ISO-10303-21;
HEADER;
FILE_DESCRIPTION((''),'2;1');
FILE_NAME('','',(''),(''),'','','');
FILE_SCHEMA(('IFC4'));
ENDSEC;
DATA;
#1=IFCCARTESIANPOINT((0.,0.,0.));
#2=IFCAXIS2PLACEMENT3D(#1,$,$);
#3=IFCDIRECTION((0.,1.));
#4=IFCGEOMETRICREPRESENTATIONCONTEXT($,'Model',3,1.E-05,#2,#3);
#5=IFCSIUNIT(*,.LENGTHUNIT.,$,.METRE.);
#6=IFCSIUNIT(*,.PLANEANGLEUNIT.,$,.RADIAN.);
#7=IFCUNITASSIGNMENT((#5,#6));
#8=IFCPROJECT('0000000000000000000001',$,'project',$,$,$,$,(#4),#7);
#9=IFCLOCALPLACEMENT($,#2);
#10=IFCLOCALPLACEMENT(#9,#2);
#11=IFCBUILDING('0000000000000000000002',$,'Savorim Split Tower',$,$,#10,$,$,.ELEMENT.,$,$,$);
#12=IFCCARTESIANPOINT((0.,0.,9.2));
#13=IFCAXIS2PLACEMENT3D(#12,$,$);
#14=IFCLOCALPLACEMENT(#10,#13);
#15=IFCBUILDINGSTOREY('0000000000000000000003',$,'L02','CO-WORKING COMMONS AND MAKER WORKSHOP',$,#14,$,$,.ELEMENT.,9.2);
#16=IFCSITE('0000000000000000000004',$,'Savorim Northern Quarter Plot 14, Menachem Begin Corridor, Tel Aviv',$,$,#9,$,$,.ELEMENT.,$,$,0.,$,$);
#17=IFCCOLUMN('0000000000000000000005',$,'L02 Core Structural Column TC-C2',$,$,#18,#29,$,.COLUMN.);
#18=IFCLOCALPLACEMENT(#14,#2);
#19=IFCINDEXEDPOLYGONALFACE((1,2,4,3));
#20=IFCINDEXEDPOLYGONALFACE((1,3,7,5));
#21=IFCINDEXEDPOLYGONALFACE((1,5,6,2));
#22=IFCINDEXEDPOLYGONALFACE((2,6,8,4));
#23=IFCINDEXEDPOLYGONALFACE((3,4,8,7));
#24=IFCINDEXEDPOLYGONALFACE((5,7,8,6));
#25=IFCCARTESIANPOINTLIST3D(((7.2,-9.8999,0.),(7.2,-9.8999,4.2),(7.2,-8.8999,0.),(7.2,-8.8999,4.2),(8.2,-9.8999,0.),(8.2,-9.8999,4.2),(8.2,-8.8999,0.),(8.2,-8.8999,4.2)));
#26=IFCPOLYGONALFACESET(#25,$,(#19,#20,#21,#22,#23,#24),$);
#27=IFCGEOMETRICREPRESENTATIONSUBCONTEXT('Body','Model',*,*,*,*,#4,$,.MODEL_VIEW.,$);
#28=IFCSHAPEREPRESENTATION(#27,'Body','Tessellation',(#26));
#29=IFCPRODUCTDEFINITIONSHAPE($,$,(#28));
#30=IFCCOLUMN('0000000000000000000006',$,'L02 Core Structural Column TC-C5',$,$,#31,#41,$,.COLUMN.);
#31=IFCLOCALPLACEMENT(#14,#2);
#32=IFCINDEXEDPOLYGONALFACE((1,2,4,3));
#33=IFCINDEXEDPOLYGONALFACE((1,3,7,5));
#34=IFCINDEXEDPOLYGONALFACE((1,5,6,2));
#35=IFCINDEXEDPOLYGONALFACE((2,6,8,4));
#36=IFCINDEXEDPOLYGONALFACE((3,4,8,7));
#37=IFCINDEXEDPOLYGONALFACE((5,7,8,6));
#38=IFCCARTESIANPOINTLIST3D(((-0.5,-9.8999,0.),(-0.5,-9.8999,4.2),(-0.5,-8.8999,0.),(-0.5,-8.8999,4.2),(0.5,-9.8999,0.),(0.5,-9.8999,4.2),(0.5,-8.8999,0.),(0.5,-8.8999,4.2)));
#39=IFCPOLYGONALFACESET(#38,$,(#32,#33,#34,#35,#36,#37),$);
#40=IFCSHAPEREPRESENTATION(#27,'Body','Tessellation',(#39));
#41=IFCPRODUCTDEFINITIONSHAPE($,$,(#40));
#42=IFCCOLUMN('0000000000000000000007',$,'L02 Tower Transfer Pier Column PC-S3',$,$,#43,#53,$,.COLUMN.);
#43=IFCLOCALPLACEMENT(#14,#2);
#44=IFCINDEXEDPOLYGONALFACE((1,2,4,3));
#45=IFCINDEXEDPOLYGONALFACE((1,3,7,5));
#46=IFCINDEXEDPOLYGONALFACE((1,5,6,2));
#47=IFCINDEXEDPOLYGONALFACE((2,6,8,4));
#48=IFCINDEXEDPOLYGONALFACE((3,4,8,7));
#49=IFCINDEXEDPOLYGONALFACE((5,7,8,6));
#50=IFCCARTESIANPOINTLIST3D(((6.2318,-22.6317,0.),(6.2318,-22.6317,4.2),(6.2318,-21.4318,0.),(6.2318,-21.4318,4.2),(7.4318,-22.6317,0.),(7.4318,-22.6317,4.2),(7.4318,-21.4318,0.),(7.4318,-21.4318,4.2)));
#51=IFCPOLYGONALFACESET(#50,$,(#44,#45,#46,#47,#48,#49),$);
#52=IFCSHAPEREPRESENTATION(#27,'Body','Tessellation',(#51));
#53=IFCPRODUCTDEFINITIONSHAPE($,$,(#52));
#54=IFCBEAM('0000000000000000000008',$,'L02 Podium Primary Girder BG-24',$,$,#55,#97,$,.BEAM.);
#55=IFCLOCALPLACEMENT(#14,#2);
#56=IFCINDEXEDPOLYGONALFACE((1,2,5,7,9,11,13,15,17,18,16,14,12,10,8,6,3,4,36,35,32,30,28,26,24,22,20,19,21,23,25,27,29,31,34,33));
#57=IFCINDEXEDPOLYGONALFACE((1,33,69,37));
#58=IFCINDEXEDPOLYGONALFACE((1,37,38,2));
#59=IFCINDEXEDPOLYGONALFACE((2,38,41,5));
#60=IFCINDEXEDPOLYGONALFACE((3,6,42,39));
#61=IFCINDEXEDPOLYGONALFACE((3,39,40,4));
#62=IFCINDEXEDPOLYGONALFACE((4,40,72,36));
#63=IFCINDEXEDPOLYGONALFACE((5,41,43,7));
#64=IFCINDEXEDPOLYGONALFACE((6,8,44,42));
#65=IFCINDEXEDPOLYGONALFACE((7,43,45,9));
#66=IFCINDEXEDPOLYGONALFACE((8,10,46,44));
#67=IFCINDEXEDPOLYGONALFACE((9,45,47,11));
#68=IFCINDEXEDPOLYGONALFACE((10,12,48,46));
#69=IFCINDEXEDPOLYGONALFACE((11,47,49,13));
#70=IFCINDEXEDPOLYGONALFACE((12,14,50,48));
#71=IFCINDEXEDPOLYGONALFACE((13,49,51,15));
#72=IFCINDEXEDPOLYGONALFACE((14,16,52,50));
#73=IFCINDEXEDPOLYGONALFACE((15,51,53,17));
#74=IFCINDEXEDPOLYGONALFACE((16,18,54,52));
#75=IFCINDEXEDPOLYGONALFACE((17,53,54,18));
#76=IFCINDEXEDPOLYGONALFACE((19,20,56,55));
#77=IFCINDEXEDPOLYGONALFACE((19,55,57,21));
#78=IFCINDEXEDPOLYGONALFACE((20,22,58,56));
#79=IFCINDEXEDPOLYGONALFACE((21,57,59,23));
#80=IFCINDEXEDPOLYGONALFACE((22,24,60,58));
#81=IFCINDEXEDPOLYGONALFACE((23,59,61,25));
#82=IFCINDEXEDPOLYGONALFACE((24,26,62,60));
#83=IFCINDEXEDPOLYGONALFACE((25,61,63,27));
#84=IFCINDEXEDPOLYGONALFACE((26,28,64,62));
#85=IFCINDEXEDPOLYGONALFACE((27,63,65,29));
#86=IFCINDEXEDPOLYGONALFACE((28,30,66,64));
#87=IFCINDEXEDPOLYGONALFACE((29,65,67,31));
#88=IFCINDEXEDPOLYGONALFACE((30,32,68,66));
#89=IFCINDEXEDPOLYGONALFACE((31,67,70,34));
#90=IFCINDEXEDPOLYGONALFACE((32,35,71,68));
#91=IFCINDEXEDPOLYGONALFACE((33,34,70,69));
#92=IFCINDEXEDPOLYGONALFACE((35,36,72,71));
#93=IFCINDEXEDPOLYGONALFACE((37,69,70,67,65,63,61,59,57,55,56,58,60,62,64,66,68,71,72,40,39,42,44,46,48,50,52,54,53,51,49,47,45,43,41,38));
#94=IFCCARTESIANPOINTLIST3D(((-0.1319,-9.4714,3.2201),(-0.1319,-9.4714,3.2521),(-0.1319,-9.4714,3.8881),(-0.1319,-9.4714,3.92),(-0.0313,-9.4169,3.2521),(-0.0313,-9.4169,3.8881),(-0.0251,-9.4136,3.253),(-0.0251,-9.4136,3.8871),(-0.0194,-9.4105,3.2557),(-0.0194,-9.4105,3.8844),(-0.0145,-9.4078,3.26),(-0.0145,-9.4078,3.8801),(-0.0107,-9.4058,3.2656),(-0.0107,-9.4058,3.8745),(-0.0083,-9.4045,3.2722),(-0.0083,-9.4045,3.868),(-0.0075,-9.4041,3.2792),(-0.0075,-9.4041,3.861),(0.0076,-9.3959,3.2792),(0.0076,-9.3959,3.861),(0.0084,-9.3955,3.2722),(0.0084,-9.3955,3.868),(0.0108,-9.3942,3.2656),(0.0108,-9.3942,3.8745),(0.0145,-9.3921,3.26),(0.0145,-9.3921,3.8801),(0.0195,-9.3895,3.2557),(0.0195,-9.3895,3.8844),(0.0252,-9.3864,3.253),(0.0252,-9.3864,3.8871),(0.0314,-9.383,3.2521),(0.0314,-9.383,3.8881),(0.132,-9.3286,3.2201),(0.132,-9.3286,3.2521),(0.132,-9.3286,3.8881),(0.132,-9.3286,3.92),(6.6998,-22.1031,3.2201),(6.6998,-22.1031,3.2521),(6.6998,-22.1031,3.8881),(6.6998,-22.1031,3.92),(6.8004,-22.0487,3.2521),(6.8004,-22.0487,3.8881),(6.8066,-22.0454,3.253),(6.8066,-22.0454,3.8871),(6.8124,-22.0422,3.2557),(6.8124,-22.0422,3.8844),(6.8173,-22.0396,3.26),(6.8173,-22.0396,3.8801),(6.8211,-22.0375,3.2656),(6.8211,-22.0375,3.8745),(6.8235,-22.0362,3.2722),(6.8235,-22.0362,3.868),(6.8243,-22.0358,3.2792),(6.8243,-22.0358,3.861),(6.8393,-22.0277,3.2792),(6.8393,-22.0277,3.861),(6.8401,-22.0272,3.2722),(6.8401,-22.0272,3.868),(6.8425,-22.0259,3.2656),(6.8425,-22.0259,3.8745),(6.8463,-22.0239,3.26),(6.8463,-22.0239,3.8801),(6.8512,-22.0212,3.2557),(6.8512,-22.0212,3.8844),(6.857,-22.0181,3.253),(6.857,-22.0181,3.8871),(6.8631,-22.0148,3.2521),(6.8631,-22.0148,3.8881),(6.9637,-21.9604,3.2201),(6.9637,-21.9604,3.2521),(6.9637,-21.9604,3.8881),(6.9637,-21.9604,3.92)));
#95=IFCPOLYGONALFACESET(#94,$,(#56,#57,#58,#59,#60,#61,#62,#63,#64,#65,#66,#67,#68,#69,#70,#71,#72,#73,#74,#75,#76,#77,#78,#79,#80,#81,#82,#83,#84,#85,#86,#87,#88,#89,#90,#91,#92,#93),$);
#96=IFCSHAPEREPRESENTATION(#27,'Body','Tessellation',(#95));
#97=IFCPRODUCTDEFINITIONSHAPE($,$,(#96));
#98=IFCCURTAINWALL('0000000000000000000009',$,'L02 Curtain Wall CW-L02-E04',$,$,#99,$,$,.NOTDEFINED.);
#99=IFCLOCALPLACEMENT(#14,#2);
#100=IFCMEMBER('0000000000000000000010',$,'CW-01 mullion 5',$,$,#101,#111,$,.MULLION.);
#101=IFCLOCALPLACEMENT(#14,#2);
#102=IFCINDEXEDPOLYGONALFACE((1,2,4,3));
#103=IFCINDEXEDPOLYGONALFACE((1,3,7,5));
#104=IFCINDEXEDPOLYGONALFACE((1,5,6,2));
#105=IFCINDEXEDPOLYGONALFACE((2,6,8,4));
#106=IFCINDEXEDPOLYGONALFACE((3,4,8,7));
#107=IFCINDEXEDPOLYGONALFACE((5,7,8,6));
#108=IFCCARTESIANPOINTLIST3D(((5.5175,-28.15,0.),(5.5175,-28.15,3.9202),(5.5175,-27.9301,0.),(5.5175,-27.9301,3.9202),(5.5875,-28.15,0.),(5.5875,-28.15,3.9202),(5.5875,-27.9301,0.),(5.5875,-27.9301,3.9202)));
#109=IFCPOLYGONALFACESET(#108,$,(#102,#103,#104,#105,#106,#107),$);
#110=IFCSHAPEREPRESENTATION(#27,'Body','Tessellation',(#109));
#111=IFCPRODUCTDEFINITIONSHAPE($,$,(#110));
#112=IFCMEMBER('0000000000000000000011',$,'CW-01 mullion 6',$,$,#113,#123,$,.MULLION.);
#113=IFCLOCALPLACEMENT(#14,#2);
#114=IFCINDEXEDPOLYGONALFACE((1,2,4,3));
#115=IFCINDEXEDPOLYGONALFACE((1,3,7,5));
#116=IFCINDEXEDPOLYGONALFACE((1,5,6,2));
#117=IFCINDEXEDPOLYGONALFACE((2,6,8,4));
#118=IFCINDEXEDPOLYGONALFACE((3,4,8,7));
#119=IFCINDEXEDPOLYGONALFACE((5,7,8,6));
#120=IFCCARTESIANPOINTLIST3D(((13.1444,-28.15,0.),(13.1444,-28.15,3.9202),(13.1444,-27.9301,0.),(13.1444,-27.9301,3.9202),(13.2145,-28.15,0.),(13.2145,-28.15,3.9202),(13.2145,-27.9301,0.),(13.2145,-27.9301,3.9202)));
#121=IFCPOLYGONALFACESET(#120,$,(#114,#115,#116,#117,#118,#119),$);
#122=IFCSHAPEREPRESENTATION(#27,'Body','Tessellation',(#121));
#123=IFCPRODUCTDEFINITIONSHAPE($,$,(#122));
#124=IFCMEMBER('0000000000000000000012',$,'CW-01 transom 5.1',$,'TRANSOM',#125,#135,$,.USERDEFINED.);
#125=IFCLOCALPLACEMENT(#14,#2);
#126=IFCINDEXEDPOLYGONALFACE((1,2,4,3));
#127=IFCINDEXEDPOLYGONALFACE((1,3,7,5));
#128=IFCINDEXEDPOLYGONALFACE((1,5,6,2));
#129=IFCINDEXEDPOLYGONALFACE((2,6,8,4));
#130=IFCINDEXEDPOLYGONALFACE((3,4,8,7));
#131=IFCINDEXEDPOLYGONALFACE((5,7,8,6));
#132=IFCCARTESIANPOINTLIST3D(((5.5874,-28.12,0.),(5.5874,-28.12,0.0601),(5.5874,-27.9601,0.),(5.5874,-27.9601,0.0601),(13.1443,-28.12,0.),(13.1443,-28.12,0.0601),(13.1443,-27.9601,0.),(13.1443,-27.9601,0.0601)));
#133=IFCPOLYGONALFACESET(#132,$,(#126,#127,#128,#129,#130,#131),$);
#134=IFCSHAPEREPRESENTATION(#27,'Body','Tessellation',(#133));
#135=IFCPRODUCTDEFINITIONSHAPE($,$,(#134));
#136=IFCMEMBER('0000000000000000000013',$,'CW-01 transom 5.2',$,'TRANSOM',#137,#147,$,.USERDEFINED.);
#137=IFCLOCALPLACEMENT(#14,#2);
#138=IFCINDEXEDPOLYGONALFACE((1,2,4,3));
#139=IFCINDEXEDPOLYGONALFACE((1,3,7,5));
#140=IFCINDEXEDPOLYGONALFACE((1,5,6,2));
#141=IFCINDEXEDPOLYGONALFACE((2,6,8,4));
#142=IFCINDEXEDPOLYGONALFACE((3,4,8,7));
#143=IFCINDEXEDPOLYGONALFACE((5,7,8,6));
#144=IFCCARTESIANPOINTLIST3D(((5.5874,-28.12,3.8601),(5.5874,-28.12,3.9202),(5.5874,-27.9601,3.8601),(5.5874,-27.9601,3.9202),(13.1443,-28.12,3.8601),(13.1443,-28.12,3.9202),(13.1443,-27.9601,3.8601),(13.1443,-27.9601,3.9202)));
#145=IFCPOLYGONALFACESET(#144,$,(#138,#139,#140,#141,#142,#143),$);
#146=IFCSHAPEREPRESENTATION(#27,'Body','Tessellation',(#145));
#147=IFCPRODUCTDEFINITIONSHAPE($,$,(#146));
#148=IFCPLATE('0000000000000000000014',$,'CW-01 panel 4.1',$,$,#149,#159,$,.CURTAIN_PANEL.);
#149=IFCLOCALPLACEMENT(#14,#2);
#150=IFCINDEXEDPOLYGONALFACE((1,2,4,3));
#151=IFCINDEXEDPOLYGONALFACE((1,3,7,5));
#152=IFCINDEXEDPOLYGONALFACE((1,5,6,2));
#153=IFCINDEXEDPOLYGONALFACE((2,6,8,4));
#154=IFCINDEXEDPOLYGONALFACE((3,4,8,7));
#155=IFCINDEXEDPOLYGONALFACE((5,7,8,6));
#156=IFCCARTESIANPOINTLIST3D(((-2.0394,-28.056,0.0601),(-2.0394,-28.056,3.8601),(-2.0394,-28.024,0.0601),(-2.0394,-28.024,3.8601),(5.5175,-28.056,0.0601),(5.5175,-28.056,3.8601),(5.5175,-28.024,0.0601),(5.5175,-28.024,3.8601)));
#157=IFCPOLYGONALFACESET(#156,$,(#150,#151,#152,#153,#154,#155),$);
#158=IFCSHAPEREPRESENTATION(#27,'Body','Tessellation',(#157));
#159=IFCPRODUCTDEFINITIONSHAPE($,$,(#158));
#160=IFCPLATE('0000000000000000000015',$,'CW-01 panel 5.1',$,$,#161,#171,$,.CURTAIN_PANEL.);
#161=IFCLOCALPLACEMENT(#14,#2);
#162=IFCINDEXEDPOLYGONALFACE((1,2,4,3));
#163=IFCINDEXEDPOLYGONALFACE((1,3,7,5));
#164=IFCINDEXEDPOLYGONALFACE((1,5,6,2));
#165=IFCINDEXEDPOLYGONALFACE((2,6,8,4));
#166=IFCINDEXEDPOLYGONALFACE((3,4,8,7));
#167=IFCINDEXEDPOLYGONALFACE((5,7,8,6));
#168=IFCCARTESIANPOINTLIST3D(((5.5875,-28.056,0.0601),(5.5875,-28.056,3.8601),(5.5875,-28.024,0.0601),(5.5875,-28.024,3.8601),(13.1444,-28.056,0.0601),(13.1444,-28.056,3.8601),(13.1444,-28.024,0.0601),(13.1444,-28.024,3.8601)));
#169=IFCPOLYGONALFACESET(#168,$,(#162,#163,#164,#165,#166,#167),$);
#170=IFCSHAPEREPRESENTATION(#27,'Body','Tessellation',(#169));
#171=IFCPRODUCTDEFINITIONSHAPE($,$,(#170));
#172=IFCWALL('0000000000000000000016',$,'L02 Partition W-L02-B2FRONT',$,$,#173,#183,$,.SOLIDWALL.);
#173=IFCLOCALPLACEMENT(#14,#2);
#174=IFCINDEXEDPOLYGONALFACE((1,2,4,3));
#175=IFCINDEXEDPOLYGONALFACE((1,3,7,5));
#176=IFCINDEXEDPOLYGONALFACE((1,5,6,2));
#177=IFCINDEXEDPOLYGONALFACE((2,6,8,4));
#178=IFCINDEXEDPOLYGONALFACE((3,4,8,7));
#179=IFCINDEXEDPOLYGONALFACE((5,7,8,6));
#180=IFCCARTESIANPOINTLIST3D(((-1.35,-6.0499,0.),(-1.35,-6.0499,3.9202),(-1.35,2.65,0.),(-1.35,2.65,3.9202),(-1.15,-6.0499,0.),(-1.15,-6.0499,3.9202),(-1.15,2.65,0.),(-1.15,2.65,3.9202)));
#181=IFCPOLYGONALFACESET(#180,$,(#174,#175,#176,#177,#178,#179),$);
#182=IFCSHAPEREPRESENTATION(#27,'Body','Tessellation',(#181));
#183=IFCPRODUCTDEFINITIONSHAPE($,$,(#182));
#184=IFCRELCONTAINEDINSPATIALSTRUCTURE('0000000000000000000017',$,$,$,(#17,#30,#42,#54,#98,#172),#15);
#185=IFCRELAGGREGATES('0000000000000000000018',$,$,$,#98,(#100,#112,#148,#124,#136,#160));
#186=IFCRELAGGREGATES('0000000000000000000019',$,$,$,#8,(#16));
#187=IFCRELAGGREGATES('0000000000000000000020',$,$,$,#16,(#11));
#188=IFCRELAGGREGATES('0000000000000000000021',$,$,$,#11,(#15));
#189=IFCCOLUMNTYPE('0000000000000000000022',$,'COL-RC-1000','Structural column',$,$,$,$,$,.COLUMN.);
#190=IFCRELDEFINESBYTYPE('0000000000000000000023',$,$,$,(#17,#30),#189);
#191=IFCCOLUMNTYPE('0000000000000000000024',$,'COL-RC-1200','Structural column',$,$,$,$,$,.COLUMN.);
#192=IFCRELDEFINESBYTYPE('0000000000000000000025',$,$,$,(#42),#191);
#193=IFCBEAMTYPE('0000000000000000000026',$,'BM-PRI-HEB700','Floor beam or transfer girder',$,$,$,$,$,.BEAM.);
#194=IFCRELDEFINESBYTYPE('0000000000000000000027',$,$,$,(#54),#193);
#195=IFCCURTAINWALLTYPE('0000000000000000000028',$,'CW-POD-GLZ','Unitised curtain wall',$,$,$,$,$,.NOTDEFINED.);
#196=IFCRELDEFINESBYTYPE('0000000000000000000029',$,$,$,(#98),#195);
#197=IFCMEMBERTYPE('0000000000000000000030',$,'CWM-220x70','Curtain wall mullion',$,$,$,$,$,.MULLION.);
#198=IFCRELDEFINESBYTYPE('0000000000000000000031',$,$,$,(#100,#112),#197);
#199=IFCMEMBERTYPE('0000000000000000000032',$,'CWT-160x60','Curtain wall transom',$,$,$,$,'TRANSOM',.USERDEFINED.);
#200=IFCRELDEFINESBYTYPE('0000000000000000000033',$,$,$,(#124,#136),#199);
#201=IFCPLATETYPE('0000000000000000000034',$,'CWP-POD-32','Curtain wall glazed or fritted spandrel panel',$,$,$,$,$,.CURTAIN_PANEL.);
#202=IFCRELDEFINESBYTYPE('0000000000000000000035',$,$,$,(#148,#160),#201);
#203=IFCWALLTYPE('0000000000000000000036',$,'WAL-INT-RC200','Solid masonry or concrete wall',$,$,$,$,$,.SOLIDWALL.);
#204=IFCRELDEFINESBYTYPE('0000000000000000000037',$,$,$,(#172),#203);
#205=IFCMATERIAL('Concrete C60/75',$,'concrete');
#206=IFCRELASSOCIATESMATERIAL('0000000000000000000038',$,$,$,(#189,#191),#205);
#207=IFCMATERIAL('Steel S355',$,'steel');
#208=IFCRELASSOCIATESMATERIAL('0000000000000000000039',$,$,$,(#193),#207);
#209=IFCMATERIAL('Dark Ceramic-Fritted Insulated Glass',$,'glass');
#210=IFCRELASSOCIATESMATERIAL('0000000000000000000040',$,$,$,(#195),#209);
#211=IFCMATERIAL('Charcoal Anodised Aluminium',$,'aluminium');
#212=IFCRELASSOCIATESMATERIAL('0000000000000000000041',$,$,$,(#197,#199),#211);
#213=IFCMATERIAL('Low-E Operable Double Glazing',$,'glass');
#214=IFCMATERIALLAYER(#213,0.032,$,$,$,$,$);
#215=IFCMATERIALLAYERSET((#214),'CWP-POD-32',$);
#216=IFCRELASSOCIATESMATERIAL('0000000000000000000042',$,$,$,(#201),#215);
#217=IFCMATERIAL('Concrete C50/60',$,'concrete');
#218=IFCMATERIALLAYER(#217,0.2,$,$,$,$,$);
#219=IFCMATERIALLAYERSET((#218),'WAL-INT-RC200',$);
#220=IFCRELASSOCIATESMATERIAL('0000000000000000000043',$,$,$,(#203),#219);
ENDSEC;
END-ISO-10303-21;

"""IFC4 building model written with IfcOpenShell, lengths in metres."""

from ifc_helpers import new_model, si_unit, direction, frame, frame_2d, origin, origin_2d, place, context, subcontext, project, spatial, rectangle, i_section, extrude, material, layer, layer_set, material_profile, profile_set, type_object, element, aggregate, save


model = new_model("IFC4")

# Units and contexts
model_context = context("Model", 3, precision=1e-05, world=origin(), true_north=direction((0.0, 1.0)))
body_context = subcontext(model_context, "Body", "Model", "MODEL_VIEW")
ifc_project = project(units=[si_unit("LENGTHUNIT", "METRE"), si_unit("PLANEANGLEUNIT", "RADIAN")], contexts=[model_context])

# Site, building, storey
site_placement = place(None, origin())
site = spatial("IfcSite", under=ifc_project, at=site_placement, Name="Savorim Northern Quarter Plot 14, Menachem Begin Corridor, Tel Aviv", CompositionType="ELEMENT", RefElevation=0.0)
building_placement = place(site_placement, origin())
building = spatial("IfcBuilding", under=site, at=building_placement, Name="Savorim Split Tower", CompositionType="ELEMENT")
storey_placement = place(building_placement, frame((0.0, 0.0, 9.2)))
storey = spatial("IfcBuildingStorey", under=building, at=storey_placement, Name="L02", Description="CO-WORKING COMMONS AND MAKER WORKSHOP", CompositionType="ELEMENT", Elevation=9.2)

# Columns
ifc_material_1 = material(Name="Concrete C60/75", Category="concrete")
ifc_material_profile_1 = material_profile(ifc_material_1, rectangle(XDim=1.0, YDim=1.0, at=origin_2d()), Name="RC 1000x1000")
ifc_profile_set_1 = profile_set([ifc_material_profile_1], Name="Concrete C60/75")
column_type_1 = type_object("IfcColumnType", Name="COL-RC-1000", Description="Structural column", PredefinedType="COLUMN", material=ifc_profile_set_1)
for number, where, z_axis, x_axis, name in (
    (1, (7.7, -9.3999, 0.0), (0.0, 0.0, 1.0), (1.0, 0.0, 0.0), "L02 Core Structural Column TC-C2"),
    (2, (0.0, -9.3999, 0.0), (0.0, 0.0, 1.0), (1.0, 0.0, 0.0), "L02 Core Structural Column TC-C5"),
):
    element("IfcColumn", number, at=place(storey_placement, frame(where, z_axis=z_axis, x_axis=x_axis)), inside=storey, type_object=column_type_1, Name=name, PredefinedType="COLUMN", context=body_context, shape_type="SweptSolid", body=[
        extrude(rectangle(XDim=1.0, YDim=1.0, at=origin_2d()), origin(), (0.0, 0.0, 1.0), 4.2),
    ])
ifc_material_profile_2 = material_profile(ifc_material_1, rectangle(XDim=1.2, YDim=1.2, at=origin_2d()), Name="RC 1200x1200")
ifc_profile_set_2 = profile_set([ifc_material_profile_2], Name="Concrete C60/75")
column_type_2 = type_object("IfcColumnType", Name="COL-RC-1200", Description="Structural column", PredefinedType="COLUMN", material=ifc_profile_set_2)
column_placement = place(storey_placement, frame((6.8318, -22.0317, 0.0), z_axis=(0.0, 0.0, 1.0), x_axis=(1.0, 0.0, 0.0)))
element("IfcColumn", 3, at=column_placement, inside=storey, type_object=column_type_2, Name="L02 Tower Transfer Pier Column PC-S3", PredefinedType="COLUMN", context=body_context, shape_type="SweptSolid", body=[
    extrude(rectangle(XDim=1.2, YDim=1.2, at=origin_2d()), origin(), (0.0, 0.0, 1.0), 4.2),
])

# Beam
ifc_material_2 = material(Name="Steel S355", Category="steel")
ifc_material_profile_3 = material_profile(ifc_material_2, i_section(OverallWidth=0.3, OverallDepth=0.7, WebThickness=0.0171, FlangeThickness=0.032, FilletRadius=0.0271, at=origin_2d()), Name="HEB 700")
ifc_profile_set_3 = profile_set([ifc_material_profile_3], Name="Steel S355")
beam_type = type_object("IfcBeamType", Name="BM-PRI-HEB700", Description="Floor beam or transfer girder", PredefinedType="BEAM", material=ifc_profile_set_3)
beam_placement = place(storey_placement, frame((6.8318, -22.0317, 3.5701), z_axis=(-0.47572, 0.879597, 0.0), x_axis=(-0.879597, -0.47572, 0.0)))
element("IfcBeam", 4, at=beam_placement, inside=storey, type_object=beam_type, Name="L02 Podium Primary Girder BG-24", PredefinedType="BEAM", context=body_context, shape_type="SweptSolid", body=[
    extrude(i_section(OverallWidth=0.3, OverallDepth=0.7, WebThickness=0.0171, FlangeThickness=0.032, FilletRadius=0.0271, at=origin_2d()), origin(), (0.0, 0.0, 1.0), 14.3608),
])

# Curtain wall, members, plates
ifc_material_3 = material(Name="Dark Ceramic-Fritted Insulated Glass", Category="glass")
curtain_wall_type = type_object("IfcCurtainWallType", Name="CW-POD-GLZ", Description="Unitised curtain wall", PredefinedType="NOTDEFINED", material=ifc_material_3)
curtain_wall_placement = place(storey_placement, origin())
curtain_wall = element("IfcCurtainWall", 5, at=curtain_wall_placement, inside=storey, type_object=curtain_wall_type, Name="L02 Curtain Wall CW-L02-E04", PredefinedType="NOTDEFINED")
ifc_material_4 = material(Name="Charcoal Anodised Aluminium", Category="aluminium")
ifc_material_profile_4 = material_profile(ifc_material_4, rectangle(XDim=0.22, YDim=0.0701, at=origin_2d()), Name="ALU-M 220x70")
ifc_profile_set_4 = profile_set([ifc_material_profile_4], Name="Charcoal Anodised Aluminium")
member_type_1 = type_object("IfcMemberType", Name="CWM-220x70", Description="Curtain wall mullion", PredefinedType="MULLION", material=ifc_profile_set_4)
member_1_placement = place(storey_placement, frame((5.5525, -28.04, 0.0), z_axis=(0.0, 0.0, 1.0), x_axis=(0.0, 1.0, 0.0)))
member_1 = element("IfcMember", 6, at=member_1_placement, type_object=member_type_1, Name="CW-01 mullion 5", PredefinedType="MULLION", context=body_context, shape_type="SweptSolid", body=[
    extrude(rectangle(XDim=0.22, YDim=0.0701, at=origin_2d()), origin(), (0.0, 0.0, 1.0), 3.9202),
])
member_2_placement = place(storey_placement, frame((13.1794, -28.04, 0.0), z_axis=(0.0, 0.0, 1.0), x_axis=(0.0, 1.0, 0.0)))
member_2 = element("IfcMember", 7, at=member_2_placement, type_object=member_type_1, Name="CW-01 mullion 6", PredefinedType="MULLION", context=body_context, shape_type="SweptSolid", body=[
    extrude(rectangle(XDim=0.22, YDim=0.0701, at=origin_2d()), origin(), (0.0, 0.0, 1.0), 3.9202),
])
ifc_material_profile_5 = material_profile(ifc_material_4, rectangle(XDim=0.1599, YDim=0.0601, at=origin_2d()), Name="ALU-T 160x60")
ifc_profile_set_5 = profile_set([ifc_material_profile_5], Name="Charcoal Anodised Aluminium")
member_type_2 = type_object("IfcMemberType", Name="CWT-160x60", Description="Curtain wall transom", ElementType="TRANSOM", PredefinedType="USERDEFINED", material=ifc_profile_set_5)
member_3_placement = place(storey_placement, frame((5.5874, -28.04, 0.03), z_axis=(1.0, 0.0, 0.0), x_axis=(0.0, 1.0, 0.0)))
member_3 = element("IfcMember", 8, at=member_3_placement, type_object=member_type_2, Name="CW-01 transom 5.1", ObjectType="TRANSOM", PredefinedType="USERDEFINED", context=body_context, shape_type="SweptSolid", body=[
    extrude(rectangle(XDim=0.1599, YDim=0.0601, at=origin_2d()), origin(), (0.0, 0.0, 1.0), 7.5569),
])
member_4_placement = place(storey_placement, frame((5.5874, -28.04, 3.8901), z_axis=(1.0, 0.0, 0.0), x_axis=(0.0, 1.0, 0.0)))
member_4 = element("IfcMember", 9, at=member_4_placement, type_object=member_type_2, Name="CW-01 transom 5.2", ObjectType="TRANSOM", PredefinedType="USERDEFINED", context=body_context, shape_type="SweptSolid", body=[
    extrude(rectangle(XDim=0.1599, YDim=0.0601, at=origin_2d()), origin(), (0.0, 0.0, 1.0), 7.5569),
])
ifc_material_5 = material(Name="Low-E Operable Double Glazing", Category="glass")
ifc_layer_1 = layer(ifc_material_5, 0.032)
ifc_layer_set_1 = layer_set([ifc_layer_1], Name="CWP-POD-32")
plate_type = type_object("IfcPlateType", Name="CWP-POD-32", Description="Curtain wall glazed or fritted spandrel panel", PredefinedType="CURTAIN_PANEL", material=ifc_layer_set_1)
plate_1_placement = place(storey_placement, frame((1.739, -28.04, 0.0601), z_axis=(0.0, 0.0, 1.0), x_axis=(1.0, 0.0, 0.0)))
plate_1 = element("IfcPlate", 10, at=plate_1_placement, type_object=plate_type, Name="CW-01 panel 4.1", PredefinedType="CURTAIN_PANEL", context=body_context, shape_type="SweptSolid", body=[
    extrude(rectangle(XDim=7.5569, YDim=0.032, at=origin_2d()), origin(), (0.0, 0.0, 1.0), 3.8),
])
plate_2_placement = place(storey_placement, frame((9.366, -28.04, 0.0601), z_axis=(0.0, 0.0, 1.0), x_axis=(1.0, 0.0, 0.0)))
plate_2 = element("IfcPlate", 11, at=plate_2_placement, type_object=plate_type, Name="CW-01 panel 5.1", PredefinedType="CURTAIN_PANEL", context=body_context, shape_type="SweptSolid", body=[
    extrude(rectangle(XDim=7.5569, YDim=0.032, at=origin_2d()), origin(), (0.0, 0.0, 1.0), 3.8),
])
aggregate(curtain_wall, [member_1, member_2, plate_1, member_3, member_4, plate_2])

# Shared definitions
ifc_material_6 = material(Name="Concrete C50/60", Category="concrete")
ifc_layer_2 = layer(ifc_material_6, 0.2)
ifc_layer_set_2 = layer_set([ifc_layer_2], Name="WAL-INT-RC200")
wall_type_1 = type_object("IfcWallType", Name="WAL-INT-RC200", Description="Solid masonry or concrete wall", PredefinedType="SOLIDWALL", material=ifc_layer_set_2)

# Wall
wall_1_placement = place(storey_placement, frame((-1.25, -6.05, 0.0), z_axis=(0.0, 0.0, 1.0), x_axis=(0.0, 1.0, 0.0)))
element("IfcWall", 12, at=wall_1_placement, inside=storey, type_object=wall_type_1, Name="L02 Partition W-L02-B2FRONT", PredefinedType="SOLIDWALL", context=body_context, shape_type="SweptSolid", body=[
    extrude(rectangle(XDim=8.7, YDim=0.2, at=frame_2d((4.3501, 0.0))), origin(), (0.0, 0.0, 1.0), 3.9202),
])

save(model, "model.ifc")
